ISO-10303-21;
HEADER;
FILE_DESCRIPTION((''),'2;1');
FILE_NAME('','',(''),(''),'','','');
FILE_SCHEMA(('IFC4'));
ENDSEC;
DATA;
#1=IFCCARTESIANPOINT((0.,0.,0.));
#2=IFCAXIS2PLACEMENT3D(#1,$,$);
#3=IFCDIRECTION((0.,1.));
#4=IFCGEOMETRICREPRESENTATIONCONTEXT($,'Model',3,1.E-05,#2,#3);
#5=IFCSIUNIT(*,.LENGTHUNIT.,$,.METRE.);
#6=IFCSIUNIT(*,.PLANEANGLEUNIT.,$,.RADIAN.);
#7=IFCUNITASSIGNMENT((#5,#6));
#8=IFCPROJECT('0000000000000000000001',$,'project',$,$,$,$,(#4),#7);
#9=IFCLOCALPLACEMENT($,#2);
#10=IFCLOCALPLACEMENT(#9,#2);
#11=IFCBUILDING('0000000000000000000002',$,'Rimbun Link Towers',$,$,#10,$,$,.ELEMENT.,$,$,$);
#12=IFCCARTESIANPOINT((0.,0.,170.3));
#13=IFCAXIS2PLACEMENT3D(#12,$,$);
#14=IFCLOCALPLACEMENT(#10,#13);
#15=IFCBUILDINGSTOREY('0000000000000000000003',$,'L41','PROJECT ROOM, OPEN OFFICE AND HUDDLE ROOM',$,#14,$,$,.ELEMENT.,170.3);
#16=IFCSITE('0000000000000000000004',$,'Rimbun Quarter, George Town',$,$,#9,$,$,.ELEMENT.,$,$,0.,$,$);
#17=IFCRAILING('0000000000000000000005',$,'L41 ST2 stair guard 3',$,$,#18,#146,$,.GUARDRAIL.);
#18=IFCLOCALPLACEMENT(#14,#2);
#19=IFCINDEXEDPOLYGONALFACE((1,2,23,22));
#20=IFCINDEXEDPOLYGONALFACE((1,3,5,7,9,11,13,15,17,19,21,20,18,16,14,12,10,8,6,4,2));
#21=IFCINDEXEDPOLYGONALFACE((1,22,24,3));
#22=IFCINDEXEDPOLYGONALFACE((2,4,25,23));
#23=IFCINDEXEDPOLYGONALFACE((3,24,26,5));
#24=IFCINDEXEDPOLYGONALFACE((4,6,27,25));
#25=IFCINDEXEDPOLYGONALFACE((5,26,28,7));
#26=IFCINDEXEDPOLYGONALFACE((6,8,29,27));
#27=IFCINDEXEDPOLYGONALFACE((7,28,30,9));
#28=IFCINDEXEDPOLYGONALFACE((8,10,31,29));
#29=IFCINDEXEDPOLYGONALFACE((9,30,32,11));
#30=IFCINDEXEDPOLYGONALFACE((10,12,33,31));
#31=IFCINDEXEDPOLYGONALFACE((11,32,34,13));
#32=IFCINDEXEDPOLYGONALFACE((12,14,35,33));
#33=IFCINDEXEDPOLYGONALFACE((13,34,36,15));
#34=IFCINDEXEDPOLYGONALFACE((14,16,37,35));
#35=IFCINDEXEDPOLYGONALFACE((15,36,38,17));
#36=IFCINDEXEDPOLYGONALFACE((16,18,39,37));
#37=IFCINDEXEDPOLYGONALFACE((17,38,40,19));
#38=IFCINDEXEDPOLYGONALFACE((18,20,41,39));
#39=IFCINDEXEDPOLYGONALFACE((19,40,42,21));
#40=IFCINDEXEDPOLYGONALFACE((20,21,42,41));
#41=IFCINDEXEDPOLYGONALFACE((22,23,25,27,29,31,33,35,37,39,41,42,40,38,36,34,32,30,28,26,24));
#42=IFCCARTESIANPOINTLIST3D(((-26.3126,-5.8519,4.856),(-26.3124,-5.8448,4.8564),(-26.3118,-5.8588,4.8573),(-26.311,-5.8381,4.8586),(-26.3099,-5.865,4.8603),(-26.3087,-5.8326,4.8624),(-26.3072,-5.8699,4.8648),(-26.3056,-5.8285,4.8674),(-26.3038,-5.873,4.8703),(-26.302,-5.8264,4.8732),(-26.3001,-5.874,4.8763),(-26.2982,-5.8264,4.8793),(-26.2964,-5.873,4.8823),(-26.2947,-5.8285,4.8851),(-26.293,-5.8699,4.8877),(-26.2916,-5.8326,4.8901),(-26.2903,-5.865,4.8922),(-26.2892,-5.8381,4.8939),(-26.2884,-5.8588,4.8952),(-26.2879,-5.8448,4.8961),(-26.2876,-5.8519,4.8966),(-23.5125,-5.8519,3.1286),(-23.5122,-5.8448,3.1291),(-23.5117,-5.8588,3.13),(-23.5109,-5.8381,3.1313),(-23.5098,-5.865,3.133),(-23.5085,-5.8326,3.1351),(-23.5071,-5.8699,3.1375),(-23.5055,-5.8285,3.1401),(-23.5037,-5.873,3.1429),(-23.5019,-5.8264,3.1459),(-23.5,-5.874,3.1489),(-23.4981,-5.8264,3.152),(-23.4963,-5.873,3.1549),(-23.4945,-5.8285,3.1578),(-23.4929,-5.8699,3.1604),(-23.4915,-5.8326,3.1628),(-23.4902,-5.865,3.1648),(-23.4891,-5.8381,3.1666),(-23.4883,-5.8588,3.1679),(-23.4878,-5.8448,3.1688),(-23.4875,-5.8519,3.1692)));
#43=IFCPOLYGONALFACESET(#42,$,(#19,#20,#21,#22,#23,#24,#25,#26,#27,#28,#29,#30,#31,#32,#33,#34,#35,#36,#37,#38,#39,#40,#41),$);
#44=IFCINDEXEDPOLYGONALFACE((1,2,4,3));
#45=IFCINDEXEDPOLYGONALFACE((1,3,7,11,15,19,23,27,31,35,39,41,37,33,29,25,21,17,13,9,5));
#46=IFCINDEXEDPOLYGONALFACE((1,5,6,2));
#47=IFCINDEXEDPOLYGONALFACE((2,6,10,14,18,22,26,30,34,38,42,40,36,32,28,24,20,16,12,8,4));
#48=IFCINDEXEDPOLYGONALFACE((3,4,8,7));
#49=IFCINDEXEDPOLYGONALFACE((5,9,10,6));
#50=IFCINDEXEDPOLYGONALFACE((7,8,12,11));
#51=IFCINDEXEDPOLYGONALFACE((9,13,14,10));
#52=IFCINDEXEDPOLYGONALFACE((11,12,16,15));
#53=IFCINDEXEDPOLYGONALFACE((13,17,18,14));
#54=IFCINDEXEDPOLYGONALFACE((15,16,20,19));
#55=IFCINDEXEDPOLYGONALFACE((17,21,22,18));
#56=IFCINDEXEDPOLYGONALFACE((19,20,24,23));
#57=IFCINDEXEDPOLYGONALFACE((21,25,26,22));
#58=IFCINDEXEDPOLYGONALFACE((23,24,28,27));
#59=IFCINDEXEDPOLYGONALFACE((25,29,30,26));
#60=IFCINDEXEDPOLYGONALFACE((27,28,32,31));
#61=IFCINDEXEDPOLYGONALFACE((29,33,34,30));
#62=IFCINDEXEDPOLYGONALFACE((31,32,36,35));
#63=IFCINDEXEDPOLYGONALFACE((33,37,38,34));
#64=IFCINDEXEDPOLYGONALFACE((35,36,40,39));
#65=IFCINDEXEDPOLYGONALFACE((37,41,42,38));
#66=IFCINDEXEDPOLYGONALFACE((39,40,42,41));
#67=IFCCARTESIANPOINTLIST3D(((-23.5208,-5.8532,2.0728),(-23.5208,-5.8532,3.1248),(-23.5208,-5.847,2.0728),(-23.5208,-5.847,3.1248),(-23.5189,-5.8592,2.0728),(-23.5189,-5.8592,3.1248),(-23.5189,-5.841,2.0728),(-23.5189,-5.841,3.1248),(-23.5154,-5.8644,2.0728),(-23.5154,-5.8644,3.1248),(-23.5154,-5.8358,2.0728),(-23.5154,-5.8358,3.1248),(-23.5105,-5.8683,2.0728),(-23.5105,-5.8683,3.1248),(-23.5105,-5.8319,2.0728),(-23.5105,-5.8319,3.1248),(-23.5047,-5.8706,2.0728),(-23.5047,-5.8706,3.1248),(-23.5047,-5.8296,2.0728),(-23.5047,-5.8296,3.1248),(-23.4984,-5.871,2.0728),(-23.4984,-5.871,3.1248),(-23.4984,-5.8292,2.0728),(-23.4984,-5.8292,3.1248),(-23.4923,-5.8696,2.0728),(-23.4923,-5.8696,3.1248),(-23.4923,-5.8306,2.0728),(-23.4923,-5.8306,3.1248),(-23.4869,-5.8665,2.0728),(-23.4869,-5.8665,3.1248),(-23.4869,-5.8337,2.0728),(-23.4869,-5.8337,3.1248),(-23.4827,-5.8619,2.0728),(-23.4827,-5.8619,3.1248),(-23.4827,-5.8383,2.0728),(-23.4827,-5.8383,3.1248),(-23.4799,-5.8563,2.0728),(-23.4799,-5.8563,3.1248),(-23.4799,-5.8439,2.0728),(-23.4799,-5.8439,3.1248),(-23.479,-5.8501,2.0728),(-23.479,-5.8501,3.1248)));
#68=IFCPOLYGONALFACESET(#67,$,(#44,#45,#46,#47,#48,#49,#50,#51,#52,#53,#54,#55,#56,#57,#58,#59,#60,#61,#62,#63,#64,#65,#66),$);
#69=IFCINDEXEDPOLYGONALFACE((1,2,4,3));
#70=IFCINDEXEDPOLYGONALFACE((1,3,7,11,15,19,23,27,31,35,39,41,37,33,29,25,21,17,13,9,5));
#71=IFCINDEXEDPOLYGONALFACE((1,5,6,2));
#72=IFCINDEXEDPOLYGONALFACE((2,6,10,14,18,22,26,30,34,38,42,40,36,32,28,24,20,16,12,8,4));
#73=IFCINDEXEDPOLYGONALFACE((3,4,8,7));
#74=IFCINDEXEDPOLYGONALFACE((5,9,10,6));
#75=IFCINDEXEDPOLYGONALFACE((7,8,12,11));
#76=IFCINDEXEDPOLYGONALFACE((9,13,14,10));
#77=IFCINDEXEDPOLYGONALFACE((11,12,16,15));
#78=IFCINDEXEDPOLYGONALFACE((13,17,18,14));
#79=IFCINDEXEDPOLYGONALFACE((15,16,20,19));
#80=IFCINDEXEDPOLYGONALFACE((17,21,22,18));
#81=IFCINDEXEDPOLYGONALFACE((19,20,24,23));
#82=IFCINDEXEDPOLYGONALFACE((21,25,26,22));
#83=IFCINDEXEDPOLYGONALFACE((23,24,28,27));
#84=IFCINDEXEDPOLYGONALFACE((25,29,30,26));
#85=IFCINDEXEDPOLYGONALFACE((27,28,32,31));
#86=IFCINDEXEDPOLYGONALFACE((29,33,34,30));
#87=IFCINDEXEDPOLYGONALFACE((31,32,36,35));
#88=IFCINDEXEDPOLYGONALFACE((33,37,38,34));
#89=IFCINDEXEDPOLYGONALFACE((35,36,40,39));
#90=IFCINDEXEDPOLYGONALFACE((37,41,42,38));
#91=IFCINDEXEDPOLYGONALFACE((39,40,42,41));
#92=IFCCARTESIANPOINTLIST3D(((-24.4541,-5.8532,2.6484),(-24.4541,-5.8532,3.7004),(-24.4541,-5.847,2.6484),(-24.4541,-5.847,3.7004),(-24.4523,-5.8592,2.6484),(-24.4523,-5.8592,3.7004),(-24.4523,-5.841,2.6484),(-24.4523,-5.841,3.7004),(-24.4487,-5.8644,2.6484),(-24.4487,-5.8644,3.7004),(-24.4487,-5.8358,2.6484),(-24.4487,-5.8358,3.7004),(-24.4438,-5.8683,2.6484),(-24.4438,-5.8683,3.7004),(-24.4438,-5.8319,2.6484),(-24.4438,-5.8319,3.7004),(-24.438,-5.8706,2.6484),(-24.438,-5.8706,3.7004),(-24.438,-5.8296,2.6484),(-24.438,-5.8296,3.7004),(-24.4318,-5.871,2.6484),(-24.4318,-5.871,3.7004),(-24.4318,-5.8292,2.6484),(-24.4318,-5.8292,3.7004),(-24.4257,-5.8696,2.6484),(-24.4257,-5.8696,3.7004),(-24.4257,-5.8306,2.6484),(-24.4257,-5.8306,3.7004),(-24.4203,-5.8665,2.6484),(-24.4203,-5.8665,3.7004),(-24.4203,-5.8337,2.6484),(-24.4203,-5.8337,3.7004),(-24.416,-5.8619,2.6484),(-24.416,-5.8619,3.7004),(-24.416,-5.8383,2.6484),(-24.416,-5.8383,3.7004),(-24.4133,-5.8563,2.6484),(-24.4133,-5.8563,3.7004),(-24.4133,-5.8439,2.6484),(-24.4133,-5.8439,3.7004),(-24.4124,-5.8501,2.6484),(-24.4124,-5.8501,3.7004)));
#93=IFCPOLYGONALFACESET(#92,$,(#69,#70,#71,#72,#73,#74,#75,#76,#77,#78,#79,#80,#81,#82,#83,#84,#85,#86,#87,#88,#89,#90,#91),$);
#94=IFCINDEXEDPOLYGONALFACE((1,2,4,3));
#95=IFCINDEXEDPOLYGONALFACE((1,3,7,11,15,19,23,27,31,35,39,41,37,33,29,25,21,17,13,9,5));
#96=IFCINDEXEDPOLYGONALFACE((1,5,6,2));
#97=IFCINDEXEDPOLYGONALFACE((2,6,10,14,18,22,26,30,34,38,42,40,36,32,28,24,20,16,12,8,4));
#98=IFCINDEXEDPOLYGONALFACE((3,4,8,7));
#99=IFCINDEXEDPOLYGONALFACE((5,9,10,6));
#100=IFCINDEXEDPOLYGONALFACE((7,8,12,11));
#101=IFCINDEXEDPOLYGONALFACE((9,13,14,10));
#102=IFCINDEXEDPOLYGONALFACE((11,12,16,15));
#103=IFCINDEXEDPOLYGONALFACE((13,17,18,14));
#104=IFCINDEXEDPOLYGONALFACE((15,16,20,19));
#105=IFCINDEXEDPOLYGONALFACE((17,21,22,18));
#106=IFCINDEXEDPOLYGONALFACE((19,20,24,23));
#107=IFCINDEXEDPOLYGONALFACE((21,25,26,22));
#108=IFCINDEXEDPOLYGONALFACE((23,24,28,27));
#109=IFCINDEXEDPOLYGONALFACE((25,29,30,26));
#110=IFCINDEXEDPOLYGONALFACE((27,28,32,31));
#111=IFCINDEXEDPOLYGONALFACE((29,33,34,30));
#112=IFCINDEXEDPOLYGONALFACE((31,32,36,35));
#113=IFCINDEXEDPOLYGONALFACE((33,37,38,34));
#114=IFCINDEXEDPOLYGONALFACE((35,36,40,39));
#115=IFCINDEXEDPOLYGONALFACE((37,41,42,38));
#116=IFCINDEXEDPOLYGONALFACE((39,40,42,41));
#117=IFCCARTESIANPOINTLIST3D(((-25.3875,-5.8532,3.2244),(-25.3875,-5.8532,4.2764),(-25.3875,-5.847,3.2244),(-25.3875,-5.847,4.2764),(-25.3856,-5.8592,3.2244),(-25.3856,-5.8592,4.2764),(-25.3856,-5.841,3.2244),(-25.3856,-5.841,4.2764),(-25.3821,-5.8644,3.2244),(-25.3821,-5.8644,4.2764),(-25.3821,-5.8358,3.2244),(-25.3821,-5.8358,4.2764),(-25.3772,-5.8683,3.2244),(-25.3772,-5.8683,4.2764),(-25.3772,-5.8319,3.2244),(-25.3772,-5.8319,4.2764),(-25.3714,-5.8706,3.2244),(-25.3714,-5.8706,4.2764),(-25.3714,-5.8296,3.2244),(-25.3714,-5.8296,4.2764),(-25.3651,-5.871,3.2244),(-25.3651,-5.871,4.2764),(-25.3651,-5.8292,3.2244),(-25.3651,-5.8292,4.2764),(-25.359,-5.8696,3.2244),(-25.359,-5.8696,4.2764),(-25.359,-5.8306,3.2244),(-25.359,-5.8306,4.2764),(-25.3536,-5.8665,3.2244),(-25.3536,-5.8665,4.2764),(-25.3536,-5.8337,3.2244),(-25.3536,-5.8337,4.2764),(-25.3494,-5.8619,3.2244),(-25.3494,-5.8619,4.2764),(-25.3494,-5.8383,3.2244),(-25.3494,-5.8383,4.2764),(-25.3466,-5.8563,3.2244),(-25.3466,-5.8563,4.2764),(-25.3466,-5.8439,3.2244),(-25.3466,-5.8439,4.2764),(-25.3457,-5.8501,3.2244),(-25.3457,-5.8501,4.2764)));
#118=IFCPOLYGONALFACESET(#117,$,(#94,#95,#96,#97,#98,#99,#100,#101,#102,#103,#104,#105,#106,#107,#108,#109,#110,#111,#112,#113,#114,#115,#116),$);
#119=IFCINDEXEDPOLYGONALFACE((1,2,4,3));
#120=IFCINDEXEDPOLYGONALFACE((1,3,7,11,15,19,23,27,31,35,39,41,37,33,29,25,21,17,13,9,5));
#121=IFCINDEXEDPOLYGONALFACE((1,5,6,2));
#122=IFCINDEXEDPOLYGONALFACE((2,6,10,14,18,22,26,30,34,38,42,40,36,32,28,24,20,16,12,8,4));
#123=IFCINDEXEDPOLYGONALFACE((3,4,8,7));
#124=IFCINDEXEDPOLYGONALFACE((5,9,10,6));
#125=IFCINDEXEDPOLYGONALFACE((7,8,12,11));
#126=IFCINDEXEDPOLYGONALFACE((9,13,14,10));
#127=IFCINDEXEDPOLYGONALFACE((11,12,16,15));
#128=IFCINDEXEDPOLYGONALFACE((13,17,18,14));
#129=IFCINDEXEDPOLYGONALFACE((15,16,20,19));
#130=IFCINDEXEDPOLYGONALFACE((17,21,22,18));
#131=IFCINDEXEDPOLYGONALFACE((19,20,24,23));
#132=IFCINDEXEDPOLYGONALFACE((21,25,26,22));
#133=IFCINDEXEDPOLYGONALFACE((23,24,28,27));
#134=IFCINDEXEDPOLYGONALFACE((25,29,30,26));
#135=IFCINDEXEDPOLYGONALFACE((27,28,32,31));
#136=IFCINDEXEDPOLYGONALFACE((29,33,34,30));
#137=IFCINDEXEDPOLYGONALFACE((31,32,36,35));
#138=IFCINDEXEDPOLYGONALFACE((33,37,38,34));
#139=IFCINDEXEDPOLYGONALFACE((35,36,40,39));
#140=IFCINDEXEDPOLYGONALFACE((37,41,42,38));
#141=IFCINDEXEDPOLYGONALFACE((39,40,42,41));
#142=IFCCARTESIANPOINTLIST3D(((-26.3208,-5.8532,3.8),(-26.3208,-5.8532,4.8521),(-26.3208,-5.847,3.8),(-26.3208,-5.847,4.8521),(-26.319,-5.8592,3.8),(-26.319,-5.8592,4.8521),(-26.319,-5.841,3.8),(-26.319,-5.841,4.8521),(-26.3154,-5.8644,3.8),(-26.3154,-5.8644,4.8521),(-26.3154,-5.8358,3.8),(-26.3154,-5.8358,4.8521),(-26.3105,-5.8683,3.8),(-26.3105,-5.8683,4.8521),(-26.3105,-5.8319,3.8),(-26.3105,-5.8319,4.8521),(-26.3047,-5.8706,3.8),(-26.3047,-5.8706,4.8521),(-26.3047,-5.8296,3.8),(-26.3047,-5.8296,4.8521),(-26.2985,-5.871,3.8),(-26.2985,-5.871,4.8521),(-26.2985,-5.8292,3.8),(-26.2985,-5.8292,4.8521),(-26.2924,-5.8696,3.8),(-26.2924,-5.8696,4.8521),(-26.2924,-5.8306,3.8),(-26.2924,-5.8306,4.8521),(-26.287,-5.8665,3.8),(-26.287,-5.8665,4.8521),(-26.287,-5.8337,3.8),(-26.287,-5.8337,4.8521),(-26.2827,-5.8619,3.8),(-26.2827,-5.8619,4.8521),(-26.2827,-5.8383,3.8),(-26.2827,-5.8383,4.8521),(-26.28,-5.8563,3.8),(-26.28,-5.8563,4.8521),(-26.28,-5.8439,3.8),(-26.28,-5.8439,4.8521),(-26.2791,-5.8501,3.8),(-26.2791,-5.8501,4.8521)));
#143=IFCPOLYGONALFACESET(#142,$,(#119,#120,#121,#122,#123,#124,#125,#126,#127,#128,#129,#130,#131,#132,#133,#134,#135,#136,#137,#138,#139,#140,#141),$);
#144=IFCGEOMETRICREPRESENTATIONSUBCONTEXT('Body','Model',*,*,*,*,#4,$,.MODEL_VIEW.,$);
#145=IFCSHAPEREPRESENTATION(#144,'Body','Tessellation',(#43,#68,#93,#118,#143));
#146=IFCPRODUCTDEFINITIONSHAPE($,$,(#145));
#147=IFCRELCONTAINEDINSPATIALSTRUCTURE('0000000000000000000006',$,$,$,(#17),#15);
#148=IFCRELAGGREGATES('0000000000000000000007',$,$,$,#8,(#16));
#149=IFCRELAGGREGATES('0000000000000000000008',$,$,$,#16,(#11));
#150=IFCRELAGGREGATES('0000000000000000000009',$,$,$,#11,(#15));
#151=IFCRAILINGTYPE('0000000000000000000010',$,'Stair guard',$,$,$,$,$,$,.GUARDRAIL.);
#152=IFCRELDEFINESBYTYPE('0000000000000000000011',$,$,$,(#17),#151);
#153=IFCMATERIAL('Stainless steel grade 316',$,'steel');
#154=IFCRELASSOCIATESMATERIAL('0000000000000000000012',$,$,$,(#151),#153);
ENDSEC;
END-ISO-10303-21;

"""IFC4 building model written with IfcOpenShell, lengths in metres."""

from ifc_helpers import new_model, si_unit, direction, frame, origin, origin_2d, place, context, subcontext, project, spatial, circle, extrude, material, type_object, element, save


model = new_model("IFC4")

# Units and contexts
model_context = context("Model", 3, precision=1e-05, world=origin(), true_north=direction((0.0, 1.0)))
body_context = subcontext(model_context, "Body", "Model", "MODEL_VIEW")
ifc_project = project(units=[si_unit("LENGTHUNIT", "METRE"), si_unit("PLANEANGLEUNIT", "RADIAN")], contexts=[model_context])

# Site, building, storey
site_placement = place(None, origin())
site = spatial("IfcSite", under=ifc_project, at=site_placement, Name="Rimbun Quarter, George Town", CompositionType="ELEMENT", RefElevation=0.0)
building_placement = place(site_placement, origin())
building = spatial("IfcBuilding", under=site, at=building_placement, Name="Rimbun Link Towers", CompositionType="ELEMENT")
storey_placement = place(building_placement, frame((0.0, 0.0, 170.3)))
storey = spatial("IfcBuildingStorey", under=building, at=storey_placement, Name="L41", Description="PROJECT ROOM, OPEN OFFICE AND HUDDLE ROOM", CompositionType="ELEMENT", Elevation=170.3)

# Railing
ifc_material_1 = material(Name="Stainless steel grade 316", Category="steel")
railing_type_1 = type_object("IfcRailingType", Name="Stair guard", PredefinedType="GUARDRAIL", material=ifc_material_1)
railing_1_placement = place(storey_placement, frame((-23.5, -5.8501, 2.0728)))
element("IfcRailing", 1, at=railing_1_placement, inside=storey, type_object=railing_type_1, Name="L41 ST2 stair guard 3", PredefinedType="GUARDRAIL", context=body_context, shape_type="SweptSolid", body=[
    extrude(circle(Radius=0.0239, at=origin_2d()), frame((0.0, 0.0, 1.0762), z_axis=(-0.85109, 0.0, 0.52502), x_axis=(0.0, -1.0, 0.0)), (0.0, 0.0, 1.0), 3.29),
    extrude(circle(Radius=0.021, at=origin_2d()), origin(), (0.0, 0.0, 1.0), 1.052),
    extrude(circle(Radius=0.021, at=origin_2d()), frame((-0.9333, 0.0, 0.5757)), (0.0, 0.0, 1.0), 1.052),
    extrude(circle(Radius=0.021, at=origin_2d()), frame((-1.8667, 0.0, 1.1516)), (0.0, 0.0, 1.0), 1.052),
    extrude(circle(Radius=0.021, at=origin_2d()), frame((-2.8, 0.0, 1.7273)), (0.0, 0.0, 1.0), 1.052),
])

save(model, "model.ifc")
